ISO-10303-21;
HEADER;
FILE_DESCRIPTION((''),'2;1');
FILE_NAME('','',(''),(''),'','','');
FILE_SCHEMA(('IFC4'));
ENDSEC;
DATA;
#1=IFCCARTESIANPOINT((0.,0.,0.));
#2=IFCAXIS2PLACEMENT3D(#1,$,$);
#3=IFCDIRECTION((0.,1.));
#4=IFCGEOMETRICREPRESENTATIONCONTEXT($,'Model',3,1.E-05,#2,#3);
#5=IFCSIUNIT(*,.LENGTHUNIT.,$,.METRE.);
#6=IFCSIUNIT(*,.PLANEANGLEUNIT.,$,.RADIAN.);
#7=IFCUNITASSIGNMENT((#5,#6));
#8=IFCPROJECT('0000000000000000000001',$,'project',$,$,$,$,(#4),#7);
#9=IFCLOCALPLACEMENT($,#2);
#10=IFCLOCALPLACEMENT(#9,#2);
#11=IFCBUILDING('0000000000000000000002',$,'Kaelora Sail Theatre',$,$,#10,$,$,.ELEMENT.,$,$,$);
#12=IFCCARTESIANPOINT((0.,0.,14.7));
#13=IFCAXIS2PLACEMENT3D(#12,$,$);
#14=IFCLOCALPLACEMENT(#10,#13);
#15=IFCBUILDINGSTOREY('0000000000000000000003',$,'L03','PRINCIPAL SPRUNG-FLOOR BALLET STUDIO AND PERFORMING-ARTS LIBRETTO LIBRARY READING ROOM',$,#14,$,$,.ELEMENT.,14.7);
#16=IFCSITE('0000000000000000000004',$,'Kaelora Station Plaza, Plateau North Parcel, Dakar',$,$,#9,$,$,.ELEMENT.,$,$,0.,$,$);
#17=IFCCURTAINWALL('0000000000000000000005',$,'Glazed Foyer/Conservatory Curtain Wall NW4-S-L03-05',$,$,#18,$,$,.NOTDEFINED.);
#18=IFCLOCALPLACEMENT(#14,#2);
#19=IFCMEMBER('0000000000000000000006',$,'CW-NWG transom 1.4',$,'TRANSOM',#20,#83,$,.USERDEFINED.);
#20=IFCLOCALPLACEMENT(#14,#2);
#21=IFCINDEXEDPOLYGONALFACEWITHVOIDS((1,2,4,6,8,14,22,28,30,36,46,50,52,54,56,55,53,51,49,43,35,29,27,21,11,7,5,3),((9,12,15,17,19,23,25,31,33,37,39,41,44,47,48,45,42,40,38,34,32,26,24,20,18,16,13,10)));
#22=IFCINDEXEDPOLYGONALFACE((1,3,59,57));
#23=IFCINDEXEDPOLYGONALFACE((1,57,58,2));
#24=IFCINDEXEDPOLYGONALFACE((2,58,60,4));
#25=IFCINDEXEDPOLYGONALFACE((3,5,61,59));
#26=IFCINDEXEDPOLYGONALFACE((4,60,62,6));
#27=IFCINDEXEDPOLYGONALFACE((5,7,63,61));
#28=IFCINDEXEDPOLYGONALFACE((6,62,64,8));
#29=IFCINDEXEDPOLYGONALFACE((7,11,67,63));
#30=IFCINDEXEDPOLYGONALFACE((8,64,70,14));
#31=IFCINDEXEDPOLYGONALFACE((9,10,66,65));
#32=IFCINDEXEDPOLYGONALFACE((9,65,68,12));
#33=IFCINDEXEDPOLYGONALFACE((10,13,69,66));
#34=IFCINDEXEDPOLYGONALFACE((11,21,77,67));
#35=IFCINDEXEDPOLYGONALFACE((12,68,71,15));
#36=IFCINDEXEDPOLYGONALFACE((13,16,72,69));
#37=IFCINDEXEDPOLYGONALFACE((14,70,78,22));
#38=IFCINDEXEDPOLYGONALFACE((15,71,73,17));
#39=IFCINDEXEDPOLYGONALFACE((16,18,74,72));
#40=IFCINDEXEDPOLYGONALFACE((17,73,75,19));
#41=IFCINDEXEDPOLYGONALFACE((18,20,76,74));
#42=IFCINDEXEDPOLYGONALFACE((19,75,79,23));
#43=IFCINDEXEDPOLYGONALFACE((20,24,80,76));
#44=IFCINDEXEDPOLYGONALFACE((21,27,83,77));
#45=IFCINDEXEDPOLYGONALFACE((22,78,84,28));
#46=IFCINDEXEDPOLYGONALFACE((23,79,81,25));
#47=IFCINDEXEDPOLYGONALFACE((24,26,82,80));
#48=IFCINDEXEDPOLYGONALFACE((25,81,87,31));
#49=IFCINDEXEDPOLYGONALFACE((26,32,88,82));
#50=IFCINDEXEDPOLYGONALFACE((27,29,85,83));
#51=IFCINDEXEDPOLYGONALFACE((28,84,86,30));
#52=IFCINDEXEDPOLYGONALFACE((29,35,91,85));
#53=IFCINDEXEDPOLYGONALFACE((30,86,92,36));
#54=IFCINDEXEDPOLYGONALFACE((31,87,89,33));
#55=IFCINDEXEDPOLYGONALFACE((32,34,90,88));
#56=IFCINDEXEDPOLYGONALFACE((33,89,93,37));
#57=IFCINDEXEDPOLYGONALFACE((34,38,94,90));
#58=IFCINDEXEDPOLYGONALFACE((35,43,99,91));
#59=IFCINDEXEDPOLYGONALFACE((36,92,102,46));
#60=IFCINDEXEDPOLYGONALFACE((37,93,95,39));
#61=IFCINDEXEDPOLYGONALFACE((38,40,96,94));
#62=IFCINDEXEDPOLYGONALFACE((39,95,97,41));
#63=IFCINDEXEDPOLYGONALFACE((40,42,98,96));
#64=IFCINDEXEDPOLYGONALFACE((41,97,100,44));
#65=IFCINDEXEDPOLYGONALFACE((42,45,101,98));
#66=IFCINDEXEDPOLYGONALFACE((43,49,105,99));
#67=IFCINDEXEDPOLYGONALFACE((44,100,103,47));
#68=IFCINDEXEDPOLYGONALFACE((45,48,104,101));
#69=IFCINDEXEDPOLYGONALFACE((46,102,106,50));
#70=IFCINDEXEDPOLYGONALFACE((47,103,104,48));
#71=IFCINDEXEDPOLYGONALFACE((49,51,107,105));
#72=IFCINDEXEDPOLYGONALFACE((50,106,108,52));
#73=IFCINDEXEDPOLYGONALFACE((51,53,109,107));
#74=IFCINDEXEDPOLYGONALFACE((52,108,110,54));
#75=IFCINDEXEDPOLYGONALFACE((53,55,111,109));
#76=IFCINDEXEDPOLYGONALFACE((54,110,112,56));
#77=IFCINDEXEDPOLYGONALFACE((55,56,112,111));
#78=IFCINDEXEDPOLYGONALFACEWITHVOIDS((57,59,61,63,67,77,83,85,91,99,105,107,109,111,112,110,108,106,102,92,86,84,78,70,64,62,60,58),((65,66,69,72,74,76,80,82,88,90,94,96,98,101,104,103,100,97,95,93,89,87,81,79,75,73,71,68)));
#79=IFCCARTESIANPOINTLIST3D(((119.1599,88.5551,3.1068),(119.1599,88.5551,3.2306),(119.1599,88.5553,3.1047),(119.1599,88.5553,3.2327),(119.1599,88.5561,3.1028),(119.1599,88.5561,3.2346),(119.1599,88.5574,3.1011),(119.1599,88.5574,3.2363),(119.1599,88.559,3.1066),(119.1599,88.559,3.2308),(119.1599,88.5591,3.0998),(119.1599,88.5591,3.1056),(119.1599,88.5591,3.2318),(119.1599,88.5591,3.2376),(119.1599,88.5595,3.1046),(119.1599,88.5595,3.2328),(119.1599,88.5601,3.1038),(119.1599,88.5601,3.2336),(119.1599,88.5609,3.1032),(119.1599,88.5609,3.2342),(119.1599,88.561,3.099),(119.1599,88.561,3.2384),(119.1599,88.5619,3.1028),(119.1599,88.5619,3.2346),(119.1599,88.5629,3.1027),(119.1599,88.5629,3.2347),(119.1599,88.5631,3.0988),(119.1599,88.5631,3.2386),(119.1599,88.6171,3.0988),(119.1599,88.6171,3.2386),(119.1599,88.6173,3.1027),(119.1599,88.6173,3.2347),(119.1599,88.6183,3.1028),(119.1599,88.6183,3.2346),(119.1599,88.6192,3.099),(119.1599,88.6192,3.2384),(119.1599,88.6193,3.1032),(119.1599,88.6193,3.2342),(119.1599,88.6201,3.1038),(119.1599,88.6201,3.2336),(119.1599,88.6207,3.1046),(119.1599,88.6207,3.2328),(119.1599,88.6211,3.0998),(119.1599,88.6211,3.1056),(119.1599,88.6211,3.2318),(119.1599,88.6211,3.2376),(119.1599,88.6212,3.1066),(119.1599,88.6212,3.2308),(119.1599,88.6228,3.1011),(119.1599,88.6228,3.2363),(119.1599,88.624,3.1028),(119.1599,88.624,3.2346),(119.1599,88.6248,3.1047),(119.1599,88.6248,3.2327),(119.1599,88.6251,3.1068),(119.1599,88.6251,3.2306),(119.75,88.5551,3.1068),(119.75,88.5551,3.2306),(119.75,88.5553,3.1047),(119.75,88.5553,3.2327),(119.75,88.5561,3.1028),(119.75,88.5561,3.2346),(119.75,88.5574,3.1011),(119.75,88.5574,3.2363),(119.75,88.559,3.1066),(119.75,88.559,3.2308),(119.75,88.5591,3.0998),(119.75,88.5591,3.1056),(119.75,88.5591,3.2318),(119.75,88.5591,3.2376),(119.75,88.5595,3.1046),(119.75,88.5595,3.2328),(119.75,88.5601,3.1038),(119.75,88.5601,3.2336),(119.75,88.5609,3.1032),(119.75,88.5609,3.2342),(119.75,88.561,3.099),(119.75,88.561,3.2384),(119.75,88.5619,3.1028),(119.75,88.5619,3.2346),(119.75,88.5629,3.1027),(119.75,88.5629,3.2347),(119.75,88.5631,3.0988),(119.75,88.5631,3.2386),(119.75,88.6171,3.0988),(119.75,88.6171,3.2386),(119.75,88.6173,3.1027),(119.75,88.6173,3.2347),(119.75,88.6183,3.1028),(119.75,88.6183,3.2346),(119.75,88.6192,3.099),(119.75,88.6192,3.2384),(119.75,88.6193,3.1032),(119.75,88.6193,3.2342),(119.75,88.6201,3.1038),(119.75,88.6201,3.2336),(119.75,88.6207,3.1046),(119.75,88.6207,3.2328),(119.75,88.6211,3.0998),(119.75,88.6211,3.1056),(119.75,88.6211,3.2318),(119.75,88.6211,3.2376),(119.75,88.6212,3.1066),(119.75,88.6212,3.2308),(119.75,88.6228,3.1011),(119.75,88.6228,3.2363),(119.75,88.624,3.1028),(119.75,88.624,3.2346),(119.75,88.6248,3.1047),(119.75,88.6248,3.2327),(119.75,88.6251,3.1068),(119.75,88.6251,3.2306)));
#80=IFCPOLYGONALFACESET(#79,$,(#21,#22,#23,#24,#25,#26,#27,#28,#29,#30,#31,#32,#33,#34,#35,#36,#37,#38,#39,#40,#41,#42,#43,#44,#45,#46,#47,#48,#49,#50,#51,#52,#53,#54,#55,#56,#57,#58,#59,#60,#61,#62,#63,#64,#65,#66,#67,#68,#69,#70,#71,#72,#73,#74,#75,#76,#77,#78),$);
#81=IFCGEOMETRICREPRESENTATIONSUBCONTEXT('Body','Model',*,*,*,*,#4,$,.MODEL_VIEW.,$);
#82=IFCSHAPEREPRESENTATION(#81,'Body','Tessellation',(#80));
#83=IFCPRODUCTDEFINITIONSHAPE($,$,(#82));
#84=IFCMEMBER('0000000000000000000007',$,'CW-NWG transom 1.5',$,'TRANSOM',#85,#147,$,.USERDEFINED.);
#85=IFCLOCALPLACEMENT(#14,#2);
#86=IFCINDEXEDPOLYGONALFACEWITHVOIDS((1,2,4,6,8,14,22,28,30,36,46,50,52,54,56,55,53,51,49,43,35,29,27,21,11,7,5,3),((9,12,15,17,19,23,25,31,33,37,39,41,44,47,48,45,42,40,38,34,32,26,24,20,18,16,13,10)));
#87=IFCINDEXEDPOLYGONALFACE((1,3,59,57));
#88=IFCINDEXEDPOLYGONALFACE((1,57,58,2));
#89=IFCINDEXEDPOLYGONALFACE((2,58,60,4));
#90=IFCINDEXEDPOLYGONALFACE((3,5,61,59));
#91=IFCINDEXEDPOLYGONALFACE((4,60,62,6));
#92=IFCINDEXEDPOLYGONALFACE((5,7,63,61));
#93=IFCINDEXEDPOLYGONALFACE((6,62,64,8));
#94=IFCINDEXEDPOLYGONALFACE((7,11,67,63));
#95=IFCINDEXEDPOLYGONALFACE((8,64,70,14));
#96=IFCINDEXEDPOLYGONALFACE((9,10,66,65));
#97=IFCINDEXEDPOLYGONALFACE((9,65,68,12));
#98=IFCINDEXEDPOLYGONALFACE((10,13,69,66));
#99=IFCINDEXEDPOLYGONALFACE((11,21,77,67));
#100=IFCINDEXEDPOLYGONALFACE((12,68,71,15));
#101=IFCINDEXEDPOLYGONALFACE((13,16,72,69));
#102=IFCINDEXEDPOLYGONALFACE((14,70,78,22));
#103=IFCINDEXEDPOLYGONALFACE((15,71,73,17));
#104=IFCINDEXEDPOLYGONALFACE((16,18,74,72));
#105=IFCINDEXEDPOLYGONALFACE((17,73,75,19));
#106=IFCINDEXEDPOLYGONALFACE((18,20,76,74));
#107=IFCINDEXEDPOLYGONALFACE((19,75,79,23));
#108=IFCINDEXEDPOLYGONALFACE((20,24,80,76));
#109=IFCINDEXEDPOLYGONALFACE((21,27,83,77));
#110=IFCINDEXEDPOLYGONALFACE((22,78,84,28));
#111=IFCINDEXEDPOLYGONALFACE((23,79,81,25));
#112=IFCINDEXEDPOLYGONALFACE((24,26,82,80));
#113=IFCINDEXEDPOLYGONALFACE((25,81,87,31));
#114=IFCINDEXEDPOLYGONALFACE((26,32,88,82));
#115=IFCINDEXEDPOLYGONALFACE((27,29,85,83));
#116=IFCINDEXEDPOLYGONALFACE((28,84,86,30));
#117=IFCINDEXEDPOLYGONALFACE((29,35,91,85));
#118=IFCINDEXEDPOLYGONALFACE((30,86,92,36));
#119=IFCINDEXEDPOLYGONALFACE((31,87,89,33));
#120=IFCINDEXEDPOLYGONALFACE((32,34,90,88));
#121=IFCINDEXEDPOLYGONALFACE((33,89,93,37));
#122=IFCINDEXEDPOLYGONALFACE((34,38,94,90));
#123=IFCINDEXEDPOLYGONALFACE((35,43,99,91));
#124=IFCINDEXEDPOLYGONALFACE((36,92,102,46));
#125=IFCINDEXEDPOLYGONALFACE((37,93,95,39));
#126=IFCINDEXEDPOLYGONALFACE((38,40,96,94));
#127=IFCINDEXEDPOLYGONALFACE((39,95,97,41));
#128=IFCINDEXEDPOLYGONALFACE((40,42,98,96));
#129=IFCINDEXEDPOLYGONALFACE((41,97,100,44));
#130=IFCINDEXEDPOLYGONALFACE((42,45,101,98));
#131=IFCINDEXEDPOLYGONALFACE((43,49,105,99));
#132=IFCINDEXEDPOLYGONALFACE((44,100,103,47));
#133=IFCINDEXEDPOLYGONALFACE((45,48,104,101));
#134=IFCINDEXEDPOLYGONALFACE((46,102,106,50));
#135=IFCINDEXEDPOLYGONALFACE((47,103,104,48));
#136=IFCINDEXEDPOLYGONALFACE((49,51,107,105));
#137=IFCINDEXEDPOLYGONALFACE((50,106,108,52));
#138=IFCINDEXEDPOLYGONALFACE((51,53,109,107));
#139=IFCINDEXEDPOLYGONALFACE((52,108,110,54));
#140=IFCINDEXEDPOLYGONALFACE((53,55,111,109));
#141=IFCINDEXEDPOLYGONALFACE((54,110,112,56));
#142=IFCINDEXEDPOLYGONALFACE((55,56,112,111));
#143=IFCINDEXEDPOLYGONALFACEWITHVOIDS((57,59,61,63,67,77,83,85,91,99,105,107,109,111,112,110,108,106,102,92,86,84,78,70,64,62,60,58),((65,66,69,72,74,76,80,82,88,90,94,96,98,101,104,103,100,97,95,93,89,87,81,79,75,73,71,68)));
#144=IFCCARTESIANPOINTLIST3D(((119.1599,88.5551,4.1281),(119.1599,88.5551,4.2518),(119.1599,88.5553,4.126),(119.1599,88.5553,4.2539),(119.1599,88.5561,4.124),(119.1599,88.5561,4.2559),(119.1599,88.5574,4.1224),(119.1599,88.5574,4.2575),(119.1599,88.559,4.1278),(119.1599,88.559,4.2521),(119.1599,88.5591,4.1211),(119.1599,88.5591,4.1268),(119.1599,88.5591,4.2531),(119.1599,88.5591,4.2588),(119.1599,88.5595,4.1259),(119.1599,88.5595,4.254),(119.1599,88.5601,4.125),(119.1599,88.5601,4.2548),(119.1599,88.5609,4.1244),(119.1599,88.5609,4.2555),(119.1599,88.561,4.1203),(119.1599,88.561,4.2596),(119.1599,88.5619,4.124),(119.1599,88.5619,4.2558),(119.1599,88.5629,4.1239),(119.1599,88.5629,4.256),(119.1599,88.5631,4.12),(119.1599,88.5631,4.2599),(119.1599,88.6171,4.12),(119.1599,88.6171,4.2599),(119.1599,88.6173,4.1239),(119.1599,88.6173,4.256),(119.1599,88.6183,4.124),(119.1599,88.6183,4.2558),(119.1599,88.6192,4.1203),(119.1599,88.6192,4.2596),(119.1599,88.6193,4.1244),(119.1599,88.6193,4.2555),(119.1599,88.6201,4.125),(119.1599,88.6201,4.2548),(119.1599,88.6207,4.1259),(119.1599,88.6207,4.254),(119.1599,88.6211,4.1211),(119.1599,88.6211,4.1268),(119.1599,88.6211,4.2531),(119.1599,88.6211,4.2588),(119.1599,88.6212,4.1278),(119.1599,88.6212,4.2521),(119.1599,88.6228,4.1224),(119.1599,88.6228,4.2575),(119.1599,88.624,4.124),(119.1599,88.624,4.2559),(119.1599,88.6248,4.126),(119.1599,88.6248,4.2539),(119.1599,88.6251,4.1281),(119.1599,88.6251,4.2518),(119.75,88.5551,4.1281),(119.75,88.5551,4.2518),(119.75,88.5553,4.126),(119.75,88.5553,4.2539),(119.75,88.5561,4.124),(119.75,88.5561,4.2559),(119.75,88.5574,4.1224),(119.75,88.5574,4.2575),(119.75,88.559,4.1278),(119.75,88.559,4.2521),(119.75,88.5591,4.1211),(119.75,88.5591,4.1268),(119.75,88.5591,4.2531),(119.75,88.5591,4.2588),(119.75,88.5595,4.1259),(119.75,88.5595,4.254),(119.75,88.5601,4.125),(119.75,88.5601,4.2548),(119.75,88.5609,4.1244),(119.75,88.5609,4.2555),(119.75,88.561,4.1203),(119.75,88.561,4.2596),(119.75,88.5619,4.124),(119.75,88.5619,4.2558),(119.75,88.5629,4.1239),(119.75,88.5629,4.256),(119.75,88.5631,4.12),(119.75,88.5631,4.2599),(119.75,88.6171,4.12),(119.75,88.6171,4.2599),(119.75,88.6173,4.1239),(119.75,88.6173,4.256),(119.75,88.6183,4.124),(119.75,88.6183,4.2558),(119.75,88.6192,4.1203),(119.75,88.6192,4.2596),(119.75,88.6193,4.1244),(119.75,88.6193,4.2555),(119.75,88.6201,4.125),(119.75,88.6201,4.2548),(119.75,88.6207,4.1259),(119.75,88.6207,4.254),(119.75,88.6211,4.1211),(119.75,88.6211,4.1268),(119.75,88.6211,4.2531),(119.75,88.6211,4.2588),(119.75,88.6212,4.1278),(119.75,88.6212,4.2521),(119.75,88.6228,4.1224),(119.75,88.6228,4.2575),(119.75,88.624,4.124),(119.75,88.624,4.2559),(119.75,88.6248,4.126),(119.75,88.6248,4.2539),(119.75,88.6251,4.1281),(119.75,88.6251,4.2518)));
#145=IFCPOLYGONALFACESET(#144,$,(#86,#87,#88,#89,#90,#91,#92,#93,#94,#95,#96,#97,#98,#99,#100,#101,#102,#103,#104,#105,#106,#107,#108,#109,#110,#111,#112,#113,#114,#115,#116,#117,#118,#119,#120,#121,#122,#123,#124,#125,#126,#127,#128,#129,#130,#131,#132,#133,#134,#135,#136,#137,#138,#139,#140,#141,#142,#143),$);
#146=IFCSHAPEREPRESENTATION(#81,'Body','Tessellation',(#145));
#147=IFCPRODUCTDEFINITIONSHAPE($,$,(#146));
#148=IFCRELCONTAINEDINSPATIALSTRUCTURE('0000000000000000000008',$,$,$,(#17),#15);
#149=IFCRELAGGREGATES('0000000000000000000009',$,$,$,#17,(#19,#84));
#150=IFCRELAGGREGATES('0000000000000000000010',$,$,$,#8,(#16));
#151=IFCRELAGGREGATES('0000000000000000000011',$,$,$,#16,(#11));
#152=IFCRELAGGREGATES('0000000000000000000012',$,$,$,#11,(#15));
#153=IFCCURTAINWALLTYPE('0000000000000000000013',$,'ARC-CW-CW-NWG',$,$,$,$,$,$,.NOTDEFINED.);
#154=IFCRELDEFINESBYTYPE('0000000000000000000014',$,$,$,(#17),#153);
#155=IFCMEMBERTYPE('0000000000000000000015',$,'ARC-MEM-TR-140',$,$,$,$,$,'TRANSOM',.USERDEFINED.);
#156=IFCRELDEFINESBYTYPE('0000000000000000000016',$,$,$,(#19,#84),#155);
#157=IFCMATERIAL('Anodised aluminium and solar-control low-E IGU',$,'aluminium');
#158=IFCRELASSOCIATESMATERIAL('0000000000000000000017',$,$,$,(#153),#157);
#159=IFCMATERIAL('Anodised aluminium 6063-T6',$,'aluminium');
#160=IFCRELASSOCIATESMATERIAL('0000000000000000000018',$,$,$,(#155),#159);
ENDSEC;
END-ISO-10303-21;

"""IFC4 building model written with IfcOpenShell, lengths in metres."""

from ifc_helpers import new_model, si_unit, direction, frame, origin, origin_2d, place, context, subcontext, project, spatial, hollow_rectangle, extrude, material, material_profile, profile_set, type_object, element, aggregate, save


model = new_model("IFC4")

# Units and contexts
model_context = context("Model", 3, precision=1e-05, world=origin(), true_north=direction((0.0, 1.0)))
body_context = subcontext(model_context, "Body", "Model", "MODEL_VIEW")
ifc_project = project(units=[si_unit("LENGTHUNIT", "METRE"), si_unit("PLANEANGLEUNIT", "RADIAN")], contexts=[model_context])

# Site, building, storey
site_placement = place(None, origin())
site = spatial("IfcSite", under=ifc_project, at=site_placement, Name="Kaelora Station Plaza, Plateau North Parcel, Dakar", CompositionType="ELEMENT", RefElevation=0.0)
building_placement = place(site_placement, origin())
building = spatial("IfcBuilding", under=site, at=building_placement, Name="Kaelora Sail Theatre", CompositionType="ELEMENT")
storey_placement = place(building_placement, frame((0.0, 0.0, 14.7)))
storey = spatial("IfcBuildingStorey", under=building, at=storey_placement, Name="L03", Description="PRINCIPAL SPRUNG-FLOOR BALLET STUDIO AND PERFORMING-ARTS LIBRETTO LIBRARY READING ROOM", CompositionType="ELEMENT", Elevation=14.7)

# Curtain wall, members
ifc_material_1 = material(Name="Anodised aluminium and solar-control low-E IGU", Category="aluminium")
curtain_wall_type = type_object("IfcCurtainWallType", Name="ARC-CW-CW-NWG", PredefinedType="NOTDEFINED", material=ifc_material_1)
ifc_material_2 = material(Name="Anodised aluminium 6063-T6", Category="aluminium")
ifc_material_profile = material_profile(ifc_material_2, hollow_rectangle(XDim=0.0701, YDim=0.1399, WallThickness=0.0039, InnerFilletRadius=0.0039, OuterFilletRadius=0.0081, at=origin_2d()), Name="ALU-TRAN 70x140x4")
ifc_profile_set = profile_set([ifc_material_profile], Name="Anodised aluminium 6063-T6")
member_type = type_object("IfcMemberType", Name="ARC-MEM-TR-140", ElementType="TRANSOM", PredefinedType="USERDEFINED", material=ifc_profile_set)
curtain_wall_1_placement = place(storey_placement, origin())
curtain_wall_1 = element("IfcCurtainWall", 1, at=curtain_wall_1_placement, inside=storey, type_object=curtain_wall_type, Name="Glazed Foyer/Conservatory Curtain Wall NW4-S-L03-05", PredefinedType="NOTDEFINED")
member_1_placement = place(storey_placement, frame((119.1599, 88.5901, 3.1687), z_axis=(1.0, 0.0, 0.0), x_axis=(0.0, 1.0, 0.0)))
member_1 = element("IfcMember", 2, at=member_1_placement, type_object=member_type, Name="CW-NWG transom 1.4", ObjectType="TRANSOM", PredefinedType="USERDEFINED", context=body_context, shape_type="SweptSolid", body=[
    extrude(hollow_rectangle(XDim=0.0701, YDim=0.1399, WallThickness=0.0039, InnerFilletRadius=0.0039, OuterFilletRadius=0.0081, at=origin_2d()), origin(), (0.0, 0.0, 1.0), 0.5901),
])
member_2_placement = place(storey_placement, frame((119.1599, 88.5901, 4.1899), z_axis=(1.0, 0.0, 0.0), x_axis=(0.0, 1.0, 0.0)))
member_2 = element("IfcMember", 3, at=member_2_placement, type_object=member_type, Name="CW-NWG transom 1.5", ObjectType="TRANSOM", PredefinedType="USERDEFINED", context=body_context, shape_type="SweptSolid", body=[
    extrude(hollow_rectangle(XDim=0.0701, YDim=0.1399, WallThickness=0.0039, InnerFilletRadius=0.0039, OuterFilletRadius=0.0081, at=origin_2d()), origin(), (0.0, 0.0, 1.0), 0.5901),
])

aggregate(curtain_wall_1, [member_1, member_2])

save(model, "model.ifc")
